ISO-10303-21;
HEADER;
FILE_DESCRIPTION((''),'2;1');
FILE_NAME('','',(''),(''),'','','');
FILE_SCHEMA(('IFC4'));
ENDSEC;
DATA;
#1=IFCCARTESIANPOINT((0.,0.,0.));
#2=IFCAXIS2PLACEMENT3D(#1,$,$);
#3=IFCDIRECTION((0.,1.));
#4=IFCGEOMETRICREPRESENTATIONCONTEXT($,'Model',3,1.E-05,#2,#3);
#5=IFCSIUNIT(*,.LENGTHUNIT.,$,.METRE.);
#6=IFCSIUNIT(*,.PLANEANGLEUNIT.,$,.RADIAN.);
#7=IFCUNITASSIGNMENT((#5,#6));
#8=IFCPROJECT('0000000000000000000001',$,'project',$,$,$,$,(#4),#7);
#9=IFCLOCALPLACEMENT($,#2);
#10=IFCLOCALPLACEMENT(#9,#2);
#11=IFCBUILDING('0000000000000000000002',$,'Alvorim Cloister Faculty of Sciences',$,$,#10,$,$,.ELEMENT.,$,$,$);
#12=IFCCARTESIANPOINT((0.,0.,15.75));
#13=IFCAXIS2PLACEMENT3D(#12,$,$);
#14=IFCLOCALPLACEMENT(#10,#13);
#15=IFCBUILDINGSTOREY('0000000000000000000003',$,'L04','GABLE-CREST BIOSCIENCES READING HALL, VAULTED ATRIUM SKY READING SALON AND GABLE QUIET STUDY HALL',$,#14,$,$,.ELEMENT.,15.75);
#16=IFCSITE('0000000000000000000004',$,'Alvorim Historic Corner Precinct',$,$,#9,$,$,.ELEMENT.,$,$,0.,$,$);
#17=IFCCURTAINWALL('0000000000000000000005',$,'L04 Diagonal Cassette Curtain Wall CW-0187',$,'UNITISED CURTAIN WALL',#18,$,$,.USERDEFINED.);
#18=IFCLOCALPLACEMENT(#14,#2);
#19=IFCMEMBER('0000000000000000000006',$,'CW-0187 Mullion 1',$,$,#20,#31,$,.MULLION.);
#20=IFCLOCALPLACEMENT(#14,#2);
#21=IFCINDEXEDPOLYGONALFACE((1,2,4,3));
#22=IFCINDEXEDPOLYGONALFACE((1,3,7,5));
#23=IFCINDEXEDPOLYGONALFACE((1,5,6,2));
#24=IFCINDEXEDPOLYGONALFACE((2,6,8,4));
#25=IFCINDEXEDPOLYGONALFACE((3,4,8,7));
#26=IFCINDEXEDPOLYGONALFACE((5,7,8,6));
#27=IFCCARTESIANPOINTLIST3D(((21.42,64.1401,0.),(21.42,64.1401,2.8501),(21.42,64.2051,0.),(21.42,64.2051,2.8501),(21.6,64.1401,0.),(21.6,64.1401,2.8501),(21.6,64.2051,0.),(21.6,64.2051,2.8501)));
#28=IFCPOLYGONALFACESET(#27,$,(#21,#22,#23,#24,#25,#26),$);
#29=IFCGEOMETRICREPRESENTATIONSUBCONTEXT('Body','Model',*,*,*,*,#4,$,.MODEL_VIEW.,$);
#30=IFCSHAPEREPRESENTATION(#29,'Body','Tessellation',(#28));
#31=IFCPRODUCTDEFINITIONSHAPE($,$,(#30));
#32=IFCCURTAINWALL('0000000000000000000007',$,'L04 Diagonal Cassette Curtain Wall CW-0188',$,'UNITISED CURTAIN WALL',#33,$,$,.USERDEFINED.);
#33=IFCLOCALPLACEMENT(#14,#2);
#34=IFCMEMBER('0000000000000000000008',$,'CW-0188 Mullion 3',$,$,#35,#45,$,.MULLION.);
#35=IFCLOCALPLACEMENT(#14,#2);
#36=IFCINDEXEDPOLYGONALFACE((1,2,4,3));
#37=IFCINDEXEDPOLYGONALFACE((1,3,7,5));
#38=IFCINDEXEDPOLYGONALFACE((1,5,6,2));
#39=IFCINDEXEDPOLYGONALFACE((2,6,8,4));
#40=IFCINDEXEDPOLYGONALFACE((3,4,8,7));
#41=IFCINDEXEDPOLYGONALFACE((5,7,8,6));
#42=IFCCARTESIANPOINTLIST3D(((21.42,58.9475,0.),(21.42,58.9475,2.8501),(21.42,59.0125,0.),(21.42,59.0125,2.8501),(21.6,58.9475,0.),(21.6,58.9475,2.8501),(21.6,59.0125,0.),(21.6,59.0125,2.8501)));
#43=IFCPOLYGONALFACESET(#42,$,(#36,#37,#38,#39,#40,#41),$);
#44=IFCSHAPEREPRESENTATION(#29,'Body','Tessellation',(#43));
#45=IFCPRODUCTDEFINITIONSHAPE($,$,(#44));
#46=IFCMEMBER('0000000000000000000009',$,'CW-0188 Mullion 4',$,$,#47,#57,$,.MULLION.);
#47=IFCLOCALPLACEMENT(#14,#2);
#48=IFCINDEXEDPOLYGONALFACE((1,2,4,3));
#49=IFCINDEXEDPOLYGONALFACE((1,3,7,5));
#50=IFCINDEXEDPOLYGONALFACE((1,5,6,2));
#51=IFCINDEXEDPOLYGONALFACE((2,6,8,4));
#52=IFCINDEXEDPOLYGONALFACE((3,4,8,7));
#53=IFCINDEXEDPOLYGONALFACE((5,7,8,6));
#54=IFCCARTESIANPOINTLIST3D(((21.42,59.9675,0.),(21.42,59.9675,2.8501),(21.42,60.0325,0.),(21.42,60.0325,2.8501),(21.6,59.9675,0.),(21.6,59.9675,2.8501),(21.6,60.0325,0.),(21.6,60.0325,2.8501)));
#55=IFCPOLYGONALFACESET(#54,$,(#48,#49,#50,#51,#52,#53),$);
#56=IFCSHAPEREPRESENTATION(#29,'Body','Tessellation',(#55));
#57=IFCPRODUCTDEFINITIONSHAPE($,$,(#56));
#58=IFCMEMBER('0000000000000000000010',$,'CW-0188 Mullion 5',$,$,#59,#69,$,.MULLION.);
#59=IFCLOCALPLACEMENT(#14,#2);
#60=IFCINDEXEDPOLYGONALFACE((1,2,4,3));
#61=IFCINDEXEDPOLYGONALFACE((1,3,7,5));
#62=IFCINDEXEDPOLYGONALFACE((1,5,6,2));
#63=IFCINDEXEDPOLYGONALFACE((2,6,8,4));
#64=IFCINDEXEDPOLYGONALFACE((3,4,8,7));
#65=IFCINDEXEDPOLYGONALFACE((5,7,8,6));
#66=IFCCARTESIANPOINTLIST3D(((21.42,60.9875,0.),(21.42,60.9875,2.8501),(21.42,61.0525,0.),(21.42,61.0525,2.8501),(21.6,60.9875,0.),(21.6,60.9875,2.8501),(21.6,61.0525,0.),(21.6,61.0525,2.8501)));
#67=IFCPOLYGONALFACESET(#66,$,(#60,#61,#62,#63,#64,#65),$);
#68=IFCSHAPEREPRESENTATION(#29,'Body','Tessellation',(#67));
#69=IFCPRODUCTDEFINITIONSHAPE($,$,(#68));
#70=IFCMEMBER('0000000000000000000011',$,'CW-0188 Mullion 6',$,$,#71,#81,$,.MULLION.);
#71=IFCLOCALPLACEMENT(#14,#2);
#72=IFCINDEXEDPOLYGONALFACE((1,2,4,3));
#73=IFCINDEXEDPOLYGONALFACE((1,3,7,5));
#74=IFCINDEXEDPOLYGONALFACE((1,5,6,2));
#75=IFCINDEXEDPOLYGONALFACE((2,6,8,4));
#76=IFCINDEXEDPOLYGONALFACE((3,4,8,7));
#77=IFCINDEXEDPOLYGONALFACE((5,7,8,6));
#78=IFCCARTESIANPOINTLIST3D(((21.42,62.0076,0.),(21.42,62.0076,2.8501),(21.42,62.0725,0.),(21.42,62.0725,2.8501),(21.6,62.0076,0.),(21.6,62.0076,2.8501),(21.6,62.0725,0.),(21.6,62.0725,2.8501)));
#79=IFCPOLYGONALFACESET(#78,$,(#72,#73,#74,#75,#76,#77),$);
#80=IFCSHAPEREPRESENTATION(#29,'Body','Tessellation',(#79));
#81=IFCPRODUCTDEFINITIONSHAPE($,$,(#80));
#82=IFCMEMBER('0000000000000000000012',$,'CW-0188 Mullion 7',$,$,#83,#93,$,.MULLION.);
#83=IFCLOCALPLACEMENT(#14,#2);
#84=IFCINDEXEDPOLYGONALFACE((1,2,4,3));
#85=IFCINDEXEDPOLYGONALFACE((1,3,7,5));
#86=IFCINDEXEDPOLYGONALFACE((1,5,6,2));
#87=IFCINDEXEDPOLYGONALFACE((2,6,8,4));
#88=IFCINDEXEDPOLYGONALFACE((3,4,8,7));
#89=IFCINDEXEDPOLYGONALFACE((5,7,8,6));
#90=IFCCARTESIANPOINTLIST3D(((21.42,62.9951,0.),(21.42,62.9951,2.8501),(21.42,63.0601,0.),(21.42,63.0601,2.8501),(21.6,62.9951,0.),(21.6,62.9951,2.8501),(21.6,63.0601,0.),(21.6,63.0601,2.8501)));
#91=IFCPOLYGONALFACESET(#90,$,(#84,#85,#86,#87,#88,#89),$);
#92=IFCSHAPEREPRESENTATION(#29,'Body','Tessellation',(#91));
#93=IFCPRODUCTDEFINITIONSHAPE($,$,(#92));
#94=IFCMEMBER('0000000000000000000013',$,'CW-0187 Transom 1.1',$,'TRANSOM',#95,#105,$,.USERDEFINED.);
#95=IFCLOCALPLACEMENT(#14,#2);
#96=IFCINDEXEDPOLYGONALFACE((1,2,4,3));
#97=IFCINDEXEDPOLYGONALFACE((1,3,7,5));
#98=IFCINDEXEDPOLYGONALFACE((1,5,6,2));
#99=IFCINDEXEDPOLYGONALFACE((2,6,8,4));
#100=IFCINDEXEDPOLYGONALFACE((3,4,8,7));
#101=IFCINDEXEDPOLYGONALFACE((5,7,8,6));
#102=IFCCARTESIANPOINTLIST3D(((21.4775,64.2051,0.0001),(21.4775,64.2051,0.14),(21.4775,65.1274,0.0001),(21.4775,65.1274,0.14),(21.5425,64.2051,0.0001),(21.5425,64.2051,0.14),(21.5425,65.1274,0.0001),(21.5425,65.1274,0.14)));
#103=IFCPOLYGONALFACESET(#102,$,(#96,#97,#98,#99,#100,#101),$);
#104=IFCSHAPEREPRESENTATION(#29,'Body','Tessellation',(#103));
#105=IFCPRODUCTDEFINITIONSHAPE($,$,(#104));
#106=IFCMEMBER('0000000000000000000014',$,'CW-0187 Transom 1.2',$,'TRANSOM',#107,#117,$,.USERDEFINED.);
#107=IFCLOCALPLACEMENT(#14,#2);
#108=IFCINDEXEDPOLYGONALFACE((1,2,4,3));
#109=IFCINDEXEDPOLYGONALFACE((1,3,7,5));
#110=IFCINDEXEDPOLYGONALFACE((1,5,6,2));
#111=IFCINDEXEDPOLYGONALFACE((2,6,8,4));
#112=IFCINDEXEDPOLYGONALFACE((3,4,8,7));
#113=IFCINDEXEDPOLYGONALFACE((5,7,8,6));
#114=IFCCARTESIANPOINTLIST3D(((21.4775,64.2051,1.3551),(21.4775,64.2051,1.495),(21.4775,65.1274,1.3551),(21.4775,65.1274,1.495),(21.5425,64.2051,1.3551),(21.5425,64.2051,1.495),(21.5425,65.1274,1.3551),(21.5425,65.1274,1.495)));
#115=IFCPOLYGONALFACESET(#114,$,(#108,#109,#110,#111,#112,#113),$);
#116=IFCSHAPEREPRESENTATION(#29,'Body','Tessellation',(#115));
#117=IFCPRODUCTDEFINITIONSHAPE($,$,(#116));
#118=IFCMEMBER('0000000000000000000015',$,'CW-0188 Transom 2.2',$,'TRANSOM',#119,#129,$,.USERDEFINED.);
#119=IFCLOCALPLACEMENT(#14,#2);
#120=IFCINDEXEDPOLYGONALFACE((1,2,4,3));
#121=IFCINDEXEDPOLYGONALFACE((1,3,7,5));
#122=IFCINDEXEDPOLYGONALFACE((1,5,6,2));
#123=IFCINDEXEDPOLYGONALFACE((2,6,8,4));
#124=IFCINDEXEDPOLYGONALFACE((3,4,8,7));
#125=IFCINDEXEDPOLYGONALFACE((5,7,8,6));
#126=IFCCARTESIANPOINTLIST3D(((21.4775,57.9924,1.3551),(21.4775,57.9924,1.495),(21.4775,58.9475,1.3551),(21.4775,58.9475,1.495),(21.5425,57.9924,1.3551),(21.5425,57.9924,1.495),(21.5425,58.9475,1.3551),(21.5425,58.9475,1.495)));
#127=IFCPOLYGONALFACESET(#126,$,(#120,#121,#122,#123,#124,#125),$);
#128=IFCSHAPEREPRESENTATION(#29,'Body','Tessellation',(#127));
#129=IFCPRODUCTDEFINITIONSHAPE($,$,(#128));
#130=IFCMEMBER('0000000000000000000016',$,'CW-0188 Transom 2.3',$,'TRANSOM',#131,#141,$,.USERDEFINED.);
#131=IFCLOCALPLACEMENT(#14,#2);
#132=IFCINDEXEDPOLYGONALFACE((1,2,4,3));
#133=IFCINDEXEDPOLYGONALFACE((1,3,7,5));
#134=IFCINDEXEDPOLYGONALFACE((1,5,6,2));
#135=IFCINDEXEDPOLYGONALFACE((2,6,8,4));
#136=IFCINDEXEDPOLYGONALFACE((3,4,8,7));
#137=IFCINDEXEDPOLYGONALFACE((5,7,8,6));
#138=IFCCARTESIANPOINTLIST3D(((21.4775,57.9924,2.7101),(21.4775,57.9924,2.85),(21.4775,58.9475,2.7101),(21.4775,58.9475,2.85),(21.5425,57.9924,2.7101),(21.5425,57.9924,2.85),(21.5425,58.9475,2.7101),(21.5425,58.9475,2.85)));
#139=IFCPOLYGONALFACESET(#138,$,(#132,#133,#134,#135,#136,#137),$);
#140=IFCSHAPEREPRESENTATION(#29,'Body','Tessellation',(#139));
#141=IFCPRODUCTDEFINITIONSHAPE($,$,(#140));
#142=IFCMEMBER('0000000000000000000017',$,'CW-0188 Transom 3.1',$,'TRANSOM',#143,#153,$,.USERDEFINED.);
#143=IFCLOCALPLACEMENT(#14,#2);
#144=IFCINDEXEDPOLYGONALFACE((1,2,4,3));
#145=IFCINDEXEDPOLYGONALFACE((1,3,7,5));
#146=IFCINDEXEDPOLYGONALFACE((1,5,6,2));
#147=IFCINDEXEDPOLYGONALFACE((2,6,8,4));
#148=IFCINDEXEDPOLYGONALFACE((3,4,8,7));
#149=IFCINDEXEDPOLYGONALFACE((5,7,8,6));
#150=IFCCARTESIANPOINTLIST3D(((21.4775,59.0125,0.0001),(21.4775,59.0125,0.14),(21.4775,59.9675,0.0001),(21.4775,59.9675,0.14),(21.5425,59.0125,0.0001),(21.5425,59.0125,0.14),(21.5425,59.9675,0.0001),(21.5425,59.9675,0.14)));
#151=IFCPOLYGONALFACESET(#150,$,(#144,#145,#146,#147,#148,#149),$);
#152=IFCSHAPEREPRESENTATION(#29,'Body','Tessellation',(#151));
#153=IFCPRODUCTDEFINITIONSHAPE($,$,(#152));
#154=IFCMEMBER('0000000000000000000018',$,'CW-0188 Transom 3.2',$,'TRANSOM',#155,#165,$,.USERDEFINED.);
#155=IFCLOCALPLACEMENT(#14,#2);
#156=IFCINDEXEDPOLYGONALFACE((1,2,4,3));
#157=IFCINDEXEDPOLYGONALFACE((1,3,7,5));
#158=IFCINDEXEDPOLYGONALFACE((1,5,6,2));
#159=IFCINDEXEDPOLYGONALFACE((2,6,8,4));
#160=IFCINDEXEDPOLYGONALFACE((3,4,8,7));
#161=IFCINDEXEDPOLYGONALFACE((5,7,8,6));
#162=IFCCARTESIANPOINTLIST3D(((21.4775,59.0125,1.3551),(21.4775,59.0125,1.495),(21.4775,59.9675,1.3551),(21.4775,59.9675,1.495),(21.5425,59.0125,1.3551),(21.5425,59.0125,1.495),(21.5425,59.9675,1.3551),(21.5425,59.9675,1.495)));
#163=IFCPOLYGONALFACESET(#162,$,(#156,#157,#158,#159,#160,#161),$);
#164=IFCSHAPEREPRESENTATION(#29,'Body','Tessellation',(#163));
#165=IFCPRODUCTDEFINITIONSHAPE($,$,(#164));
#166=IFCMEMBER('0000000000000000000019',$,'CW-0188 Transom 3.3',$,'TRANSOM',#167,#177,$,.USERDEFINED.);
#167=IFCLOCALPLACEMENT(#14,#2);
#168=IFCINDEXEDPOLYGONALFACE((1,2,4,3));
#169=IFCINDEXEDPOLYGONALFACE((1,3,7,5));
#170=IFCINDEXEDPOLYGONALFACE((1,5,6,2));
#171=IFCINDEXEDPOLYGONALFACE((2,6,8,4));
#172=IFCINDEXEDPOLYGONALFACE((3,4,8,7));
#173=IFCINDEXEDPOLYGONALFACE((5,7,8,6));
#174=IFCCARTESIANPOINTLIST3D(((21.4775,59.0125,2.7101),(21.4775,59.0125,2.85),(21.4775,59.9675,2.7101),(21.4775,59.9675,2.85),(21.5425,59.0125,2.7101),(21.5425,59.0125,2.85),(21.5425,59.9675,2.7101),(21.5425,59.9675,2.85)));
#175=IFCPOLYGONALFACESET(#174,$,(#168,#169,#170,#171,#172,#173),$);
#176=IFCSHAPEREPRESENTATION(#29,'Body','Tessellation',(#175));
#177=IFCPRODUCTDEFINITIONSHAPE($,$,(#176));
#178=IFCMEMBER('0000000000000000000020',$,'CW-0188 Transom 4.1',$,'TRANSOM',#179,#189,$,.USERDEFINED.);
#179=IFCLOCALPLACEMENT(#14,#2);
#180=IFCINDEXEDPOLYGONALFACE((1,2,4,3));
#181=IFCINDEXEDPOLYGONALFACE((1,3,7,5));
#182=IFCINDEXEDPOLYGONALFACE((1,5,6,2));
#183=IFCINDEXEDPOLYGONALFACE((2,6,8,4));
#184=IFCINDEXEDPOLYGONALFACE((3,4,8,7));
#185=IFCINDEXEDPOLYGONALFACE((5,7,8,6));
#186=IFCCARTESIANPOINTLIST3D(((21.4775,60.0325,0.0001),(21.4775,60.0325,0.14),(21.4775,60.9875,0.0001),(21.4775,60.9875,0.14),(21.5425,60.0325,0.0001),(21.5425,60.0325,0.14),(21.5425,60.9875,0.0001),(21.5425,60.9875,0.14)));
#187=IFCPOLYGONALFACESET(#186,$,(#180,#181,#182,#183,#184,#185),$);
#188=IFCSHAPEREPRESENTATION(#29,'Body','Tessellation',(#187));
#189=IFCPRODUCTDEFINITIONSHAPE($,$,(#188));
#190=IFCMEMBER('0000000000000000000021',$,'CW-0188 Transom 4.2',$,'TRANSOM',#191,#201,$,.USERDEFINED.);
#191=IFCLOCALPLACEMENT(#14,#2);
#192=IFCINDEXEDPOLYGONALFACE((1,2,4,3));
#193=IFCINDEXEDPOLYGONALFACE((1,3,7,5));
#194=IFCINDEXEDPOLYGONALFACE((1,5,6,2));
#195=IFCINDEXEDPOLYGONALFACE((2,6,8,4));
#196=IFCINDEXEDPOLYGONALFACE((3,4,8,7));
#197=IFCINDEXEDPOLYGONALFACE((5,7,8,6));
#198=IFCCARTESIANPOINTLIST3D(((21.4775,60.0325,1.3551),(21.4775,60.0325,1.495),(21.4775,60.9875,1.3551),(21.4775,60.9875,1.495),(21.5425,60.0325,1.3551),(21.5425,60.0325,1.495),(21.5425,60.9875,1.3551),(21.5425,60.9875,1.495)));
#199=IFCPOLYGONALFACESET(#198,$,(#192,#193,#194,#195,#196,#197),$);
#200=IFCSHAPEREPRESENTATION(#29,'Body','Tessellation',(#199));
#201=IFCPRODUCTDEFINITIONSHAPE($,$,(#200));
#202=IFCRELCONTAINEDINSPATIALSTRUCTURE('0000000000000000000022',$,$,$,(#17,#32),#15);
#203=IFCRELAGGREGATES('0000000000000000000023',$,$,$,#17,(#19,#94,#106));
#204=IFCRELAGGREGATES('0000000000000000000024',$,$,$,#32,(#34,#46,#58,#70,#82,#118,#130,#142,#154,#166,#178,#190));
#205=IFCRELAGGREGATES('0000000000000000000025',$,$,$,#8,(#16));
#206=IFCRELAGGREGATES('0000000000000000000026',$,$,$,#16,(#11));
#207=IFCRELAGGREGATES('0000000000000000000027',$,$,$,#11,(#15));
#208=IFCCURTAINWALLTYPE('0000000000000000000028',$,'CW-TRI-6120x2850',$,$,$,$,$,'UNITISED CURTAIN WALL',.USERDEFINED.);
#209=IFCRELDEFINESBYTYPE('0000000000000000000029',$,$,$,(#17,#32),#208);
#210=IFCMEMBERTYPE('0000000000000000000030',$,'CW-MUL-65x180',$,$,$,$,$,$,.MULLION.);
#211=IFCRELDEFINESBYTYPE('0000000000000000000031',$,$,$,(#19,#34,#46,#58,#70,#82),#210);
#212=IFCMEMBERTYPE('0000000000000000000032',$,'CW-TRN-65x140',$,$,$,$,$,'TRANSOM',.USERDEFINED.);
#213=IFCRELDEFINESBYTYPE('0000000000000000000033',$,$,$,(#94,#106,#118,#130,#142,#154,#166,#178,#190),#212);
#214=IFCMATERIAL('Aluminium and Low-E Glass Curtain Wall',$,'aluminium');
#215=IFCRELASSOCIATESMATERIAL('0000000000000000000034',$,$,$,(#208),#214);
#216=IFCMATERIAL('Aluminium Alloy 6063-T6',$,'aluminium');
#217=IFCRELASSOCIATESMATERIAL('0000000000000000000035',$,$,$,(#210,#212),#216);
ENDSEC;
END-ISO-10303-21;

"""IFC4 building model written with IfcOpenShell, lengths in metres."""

from ifc_helpers import new_model, si_unit, direction, frame, origin, origin_2d, place, context, subcontext, project, spatial, rectangle, extrude, material, material_profile, profile_set, type_object, element, aggregate, save


model = new_model("IFC4")

# Units and contexts
model_context = context("Model", 3, precision=1e-05, world=origin(), true_north=direction((0.0, 1.0)))
body_context = subcontext(model_context, "Body", "Model", "MODEL_VIEW")
ifc_project = project(units=[si_unit("LENGTHUNIT", "METRE"), si_unit("PLANEANGLEUNIT", "RADIAN")], contexts=[model_context])

# Site, building, storey
site_placement = place(None, origin())
site = spatial("IfcSite", under=ifc_project, at=site_placement, Name="Alvorim Historic Corner Precinct", CompositionType="ELEMENT", RefElevation=0.0)
building_placement = place(site_placement, origin())
building = spatial("IfcBuilding", under=site, at=building_placement, Name="Alvorim Cloister Faculty of Sciences", CompositionType="ELEMENT")
storey_placement = place(building_placement, frame((0.0, 0.0, 15.75)))
storey = spatial("IfcBuildingStorey", under=building, at=storey_placement, Name="L04", Description="GABLE-CREST BIOSCIENCES READING HALL, VAULTED ATRIUM SKY READING SALON AND GABLE QUIET STUDY HALL", CompositionType="ELEMENT", Elevation=15.75)

# Curtain wall, member
ifc_material_1 = material(Name="Aluminium and Low-E Glass Curtain Wall", Category="aluminium")
curtain_wall_type = type_object("IfcCurtainWallType", Name="CW-TRI-6120x2850", ElementType="UNITISED CURTAIN WALL", PredefinedType="USERDEFINED", material=ifc_material_1)
curtain_wall_1_placement = place(storey_placement, origin())
curtain_wall_1 = element("IfcCurtainWall", 1, at=curtain_wall_1_placement, inside=storey, type_object=curtain_wall_type, Name="L04 Diagonal Cassette Curtain Wall CW-0187", ObjectType="UNITISED CURTAIN WALL", PredefinedType="USERDEFINED")
ifc_material_2 = material(Name="Aluminium Alloy 6063-T6", Category="aluminium")
ifc_material_profile_1 = material_profile(ifc_material_2, rectangle(XDim=0.0649, YDim=0.1799, at=origin_2d()), Name="ALU-MUL-65x180")
ifc_profile_set_1 = profile_set([ifc_material_profile_1], Name="Aluminium Alloy 6063-T6")
member_type_1 = type_object("IfcMemberType", Name="CW-MUL-65x180", PredefinedType="MULLION", material=ifc_profile_set_1)
member_1_placement = place(storey_placement, frame((21.51, 64.1726, 0.0), z_axis=(0.0, 0.0, 1.0), x_axis=(0.0, 1.0, 0.0)))
member_1 = element("IfcMember", 2, at=member_1_placement, type_object=member_type_1, Name="CW-0187 Mullion 1", PredefinedType="MULLION", context=body_context, shape_type="SweptSolid", body=[
    extrude(rectangle(XDim=0.0649, YDim=0.1799, at=origin_2d()), origin(), (0.0, 0.0, 1.0), 2.8501),
])

# Curtain wall, members
curtain_wall_2_placement = place(storey_placement, origin())
curtain_wall_2 = element("IfcCurtainWall", 3, at=curtain_wall_2_placement, inside=storey, type_object=curtain_wall_type, Name="L04 Diagonal Cassette Curtain Wall CW-0188", ObjectType="UNITISED CURTAIN WALL", PredefinedType="USERDEFINED")
member_2_placement = place(storey_placement, frame((21.51, 58.98, 0.0), z_axis=(0.0, 0.0, 1.0), x_axis=(0.0, 1.0, 0.0)))
member_2 = element("IfcMember", 4, at=member_2_placement, type_object=member_type_1, Name="CW-0188 Mullion 3", PredefinedType="MULLION", context=body_context, shape_type="SweptSolid", body=[
    extrude(rectangle(XDim=0.0649, YDim=0.1799, at=origin_2d()), origin(), (0.0, 0.0, 1.0), 2.8501),
])
member_3_placement = place(storey_placement, frame((21.51, 60.0, 0.0), z_axis=(0.0, 0.0, 1.0), x_axis=(0.0, 1.0, 0.0)))
member_3 = element("IfcMember", 5, at=member_3_placement, type_object=member_type_1, Name="CW-0188 Mullion 4", PredefinedType="MULLION", context=body_context, shape_type="SweptSolid", body=[
    extrude(rectangle(XDim=0.0649, YDim=0.1799, at=origin_2d()), origin(), (0.0, 0.0, 1.0), 2.8501),
])
member_4_placement = place(storey_placement, frame((21.51, 61.02, 0.0), z_axis=(0.0, 0.0, 1.0), x_axis=(0.0, 1.0, 0.0)))
member_4 = element("IfcMember", 6, at=member_4_placement, type_object=member_type_1, Name="CW-0188 Mullion 5", PredefinedType="MULLION", context=body_context, shape_type="SweptSolid", body=[
    extrude(rectangle(XDim=0.0649, YDim=0.1799, at=origin_2d()), origin(), (0.0, 0.0, 1.0), 2.8501),
])
member_5_placement = place(storey_placement, frame((21.51, 62.04, 0.0), z_axis=(0.0, 0.0, 1.0), x_axis=(0.0, 1.0, 0.0)))
member_5 = element("IfcMember", 7, at=member_5_placement, type_object=member_type_1, Name="CW-0188 Mullion 6", PredefinedType="MULLION", context=body_context, shape_type="SweptSolid", body=[
    extrude(rectangle(XDim=0.0649, YDim=0.1799, at=origin_2d()), origin(), (0.0, 0.0, 1.0), 2.8501),
])
member_6_placement = place(storey_placement, frame((21.51, 63.0276, 0.0), z_axis=(0.0, 0.0, 1.0), x_axis=(0.0, 1.0, 0.0)))
member_6 = element("IfcMember", 8, at=member_6_placement, type_object=member_type_1, Name="CW-0188 Mullion 7", PredefinedType="MULLION", context=body_context, shape_type="SweptSolid", body=[
    extrude(rectangle(XDim=0.0649, YDim=0.1799, at=origin_2d()), origin(), (0.0, 0.0, 1.0), 2.8501),
])

# Members
ifc_material_profile_2 = material_profile(ifc_material_2, rectangle(XDim=0.0649, YDim=0.1399, at=origin_2d()), Name="ALU-TRN-65x140")
ifc_profile_set_2 = profile_set([ifc_material_profile_2], Name="Aluminium Alloy 6063-T6")
member_type_2 = type_object("IfcMemberType", Name="CW-TRN-65x140", ElementType="TRANSOM", PredefinedType="USERDEFINED", material=ifc_profile_set_2)
member_7_placement = place(storey_placement, frame((21.51, 64.2051, 0.0701), z_axis=(0.0, 1.0, 0.0), x_axis=(-1.0, 0.0, 0.0)))
member_7 = element("IfcMember", 9, at=member_7_placement, type_object=member_type_2, Name="CW-0187 Transom 1.1", ObjectType="TRANSOM", PredefinedType="USERDEFINED", context=body_context, shape_type="SweptSolid", body=[
    extrude(rectangle(XDim=0.0649, YDim=0.1399, at=origin_2d()), origin(), (0.0, 0.0, 1.0), 0.9224),
])
member_8_placement = place(storey_placement, frame((21.51, 64.2051, 1.425), z_axis=(0.0, 1.0, 0.0), x_axis=(-1.0, 0.0, 0.0)))
member_8 = element("IfcMember", 10, at=member_8_placement, type_object=member_type_2, Name="CW-0187 Transom 1.2", ObjectType="TRANSOM", PredefinedType="USERDEFINED", context=body_context, shape_type="SweptSolid", body=[
    extrude(rectangle(XDim=0.0649, YDim=0.1399, at=origin_2d()), origin(), (0.0, 0.0, 1.0), 0.9224),
])
aggregate(curtain_wall_1, [member_1, member_7, member_8])
member_9_placement = place(storey_placement, frame((21.51, 57.9924, 1.425), z_axis=(0.0, 1.0, 0.0), x_axis=(-1.0, 0.0, 0.0)))
member_9 = element("IfcMember", 11, at=member_9_placement, type_object=member_type_2, Name="CW-0188 Transom 2.2", ObjectType="TRANSOM", PredefinedType="USERDEFINED", context=body_context, shape_type="SweptSolid", body=[
    extrude(rectangle(XDim=0.0649, YDim=0.1399, at=origin_2d()), origin(), (0.0, 0.0, 1.0), 0.9551),
])
member_10_placement = place(storey_placement, frame((21.51, 57.9924, 2.78), z_axis=(0.0, 1.0, 0.0), x_axis=(-1.0, 0.0, 0.0)))
member_10 = element("IfcMember", 12, at=member_10_placement, type_object=member_type_2, Name="CW-0188 Transom 2.3", ObjectType="TRANSOM", PredefinedType="USERDEFINED", context=body_context, shape_type="SweptSolid", body=[
    extrude(rectangle(XDim=0.0649, YDim=0.1399, at=origin_2d()), origin(), (0.0, 0.0, 1.0), 0.9551),
])
member_11_placement = place(storey_placement, frame((21.51, 59.0125, 0.0701), z_axis=(0.0, 1.0, 0.0), x_axis=(-1.0, 0.0, 0.0)))
member_11 = element("IfcMember", 13, at=member_11_placement, type_object=member_type_2, Name="CW-0188 Transom 3.1", ObjectType="TRANSOM", PredefinedType="USERDEFINED", context=body_context, shape_type="SweptSolid", body=[
    extrude(rectangle(XDim=0.0649, YDim=0.1399, at=origin_2d()), origin(), (0.0, 0.0, 1.0), 0.9551),
])
member_12_placement = place(storey_placement, frame((21.51, 59.0125, 1.425), z_axis=(0.0, 1.0, 0.0), x_axis=(-1.0, 0.0, 0.0)))
member_12 = element("IfcMember", 14, at=member_12_placement, type_object=member_type_2, Name="CW-0188 Transom 3.2", ObjectType="TRANSOM", PredefinedType="USERDEFINED", context=body_context, shape_type="SweptSolid", body=[
    extrude(rectangle(XDim=0.0649, YDim=0.1399, at=origin_2d()), origin(), (0.0, 0.0, 1.0), 0.9551),
])
member_13_placement = place(storey_placement, frame((21.51, 59.0125, 2.78), z_axis=(0.0, 1.0, 0.0), x_axis=(-1.0, 0.0, 0.0)))
member_13 = element("IfcMember", 15, at=member_13_placement, type_object=member_type_2, Name="CW-0188 Transom 3.3", ObjectType="TRANSOM", PredefinedType="USERDEFINED", context=body_context, shape_type="SweptSolid", body=[
    extrude(rectangle(XDim=0.0649, YDim=0.1399, at=origin_2d()), origin(), (0.0, 0.0, 1.0), 0.9551),
])
member_14_placement = place(storey_placement, frame((21.51, 60.0325, 0.0701), z_axis=(0.0, 1.0, 0.0), x_axis=(-1.0, 0.0, 0.0)))
member_14 = element("IfcMember", 16, at=member_14_placement, type_object=member_type_2, Name="CW-0188 Transom 4.1", ObjectType="TRANSOM", PredefinedType="USERDEFINED", context=body_context, shape_type="SweptSolid", body=[
    extrude(rectangle(XDim=0.0649, YDim=0.1399, at=origin_2d()), origin(), (0.0, 0.0, 1.0), 0.9551),
])
member_15_placement = place(storey_placement, frame((21.51, 60.0325, 1.425), z_axis=(0.0, 1.0, 0.0), x_axis=(-1.0, 0.0, 0.0)))
member_15 = element("IfcMember", 17, at=member_15_placement, type_object=member_type_2, Name="CW-0188 Transom 4.2", ObjectType="TRANSOM", PredefinedType="USERDEFINED", context=body_context, shape_type="SweptSolid", body=[
    extrude(rectangle(XDim=0.0649, YDim=0.1399, at=origin_2d()), origin(), (0.0, 0.0, 1.0), 0.9551),
])
aggregate(curtain_wall_2, [member_2, member_3, member_4, member_5, member_6, member_9, member_10, member_11, member_12, member_13, member_14, member_15])

save(model, "model.ifc")
